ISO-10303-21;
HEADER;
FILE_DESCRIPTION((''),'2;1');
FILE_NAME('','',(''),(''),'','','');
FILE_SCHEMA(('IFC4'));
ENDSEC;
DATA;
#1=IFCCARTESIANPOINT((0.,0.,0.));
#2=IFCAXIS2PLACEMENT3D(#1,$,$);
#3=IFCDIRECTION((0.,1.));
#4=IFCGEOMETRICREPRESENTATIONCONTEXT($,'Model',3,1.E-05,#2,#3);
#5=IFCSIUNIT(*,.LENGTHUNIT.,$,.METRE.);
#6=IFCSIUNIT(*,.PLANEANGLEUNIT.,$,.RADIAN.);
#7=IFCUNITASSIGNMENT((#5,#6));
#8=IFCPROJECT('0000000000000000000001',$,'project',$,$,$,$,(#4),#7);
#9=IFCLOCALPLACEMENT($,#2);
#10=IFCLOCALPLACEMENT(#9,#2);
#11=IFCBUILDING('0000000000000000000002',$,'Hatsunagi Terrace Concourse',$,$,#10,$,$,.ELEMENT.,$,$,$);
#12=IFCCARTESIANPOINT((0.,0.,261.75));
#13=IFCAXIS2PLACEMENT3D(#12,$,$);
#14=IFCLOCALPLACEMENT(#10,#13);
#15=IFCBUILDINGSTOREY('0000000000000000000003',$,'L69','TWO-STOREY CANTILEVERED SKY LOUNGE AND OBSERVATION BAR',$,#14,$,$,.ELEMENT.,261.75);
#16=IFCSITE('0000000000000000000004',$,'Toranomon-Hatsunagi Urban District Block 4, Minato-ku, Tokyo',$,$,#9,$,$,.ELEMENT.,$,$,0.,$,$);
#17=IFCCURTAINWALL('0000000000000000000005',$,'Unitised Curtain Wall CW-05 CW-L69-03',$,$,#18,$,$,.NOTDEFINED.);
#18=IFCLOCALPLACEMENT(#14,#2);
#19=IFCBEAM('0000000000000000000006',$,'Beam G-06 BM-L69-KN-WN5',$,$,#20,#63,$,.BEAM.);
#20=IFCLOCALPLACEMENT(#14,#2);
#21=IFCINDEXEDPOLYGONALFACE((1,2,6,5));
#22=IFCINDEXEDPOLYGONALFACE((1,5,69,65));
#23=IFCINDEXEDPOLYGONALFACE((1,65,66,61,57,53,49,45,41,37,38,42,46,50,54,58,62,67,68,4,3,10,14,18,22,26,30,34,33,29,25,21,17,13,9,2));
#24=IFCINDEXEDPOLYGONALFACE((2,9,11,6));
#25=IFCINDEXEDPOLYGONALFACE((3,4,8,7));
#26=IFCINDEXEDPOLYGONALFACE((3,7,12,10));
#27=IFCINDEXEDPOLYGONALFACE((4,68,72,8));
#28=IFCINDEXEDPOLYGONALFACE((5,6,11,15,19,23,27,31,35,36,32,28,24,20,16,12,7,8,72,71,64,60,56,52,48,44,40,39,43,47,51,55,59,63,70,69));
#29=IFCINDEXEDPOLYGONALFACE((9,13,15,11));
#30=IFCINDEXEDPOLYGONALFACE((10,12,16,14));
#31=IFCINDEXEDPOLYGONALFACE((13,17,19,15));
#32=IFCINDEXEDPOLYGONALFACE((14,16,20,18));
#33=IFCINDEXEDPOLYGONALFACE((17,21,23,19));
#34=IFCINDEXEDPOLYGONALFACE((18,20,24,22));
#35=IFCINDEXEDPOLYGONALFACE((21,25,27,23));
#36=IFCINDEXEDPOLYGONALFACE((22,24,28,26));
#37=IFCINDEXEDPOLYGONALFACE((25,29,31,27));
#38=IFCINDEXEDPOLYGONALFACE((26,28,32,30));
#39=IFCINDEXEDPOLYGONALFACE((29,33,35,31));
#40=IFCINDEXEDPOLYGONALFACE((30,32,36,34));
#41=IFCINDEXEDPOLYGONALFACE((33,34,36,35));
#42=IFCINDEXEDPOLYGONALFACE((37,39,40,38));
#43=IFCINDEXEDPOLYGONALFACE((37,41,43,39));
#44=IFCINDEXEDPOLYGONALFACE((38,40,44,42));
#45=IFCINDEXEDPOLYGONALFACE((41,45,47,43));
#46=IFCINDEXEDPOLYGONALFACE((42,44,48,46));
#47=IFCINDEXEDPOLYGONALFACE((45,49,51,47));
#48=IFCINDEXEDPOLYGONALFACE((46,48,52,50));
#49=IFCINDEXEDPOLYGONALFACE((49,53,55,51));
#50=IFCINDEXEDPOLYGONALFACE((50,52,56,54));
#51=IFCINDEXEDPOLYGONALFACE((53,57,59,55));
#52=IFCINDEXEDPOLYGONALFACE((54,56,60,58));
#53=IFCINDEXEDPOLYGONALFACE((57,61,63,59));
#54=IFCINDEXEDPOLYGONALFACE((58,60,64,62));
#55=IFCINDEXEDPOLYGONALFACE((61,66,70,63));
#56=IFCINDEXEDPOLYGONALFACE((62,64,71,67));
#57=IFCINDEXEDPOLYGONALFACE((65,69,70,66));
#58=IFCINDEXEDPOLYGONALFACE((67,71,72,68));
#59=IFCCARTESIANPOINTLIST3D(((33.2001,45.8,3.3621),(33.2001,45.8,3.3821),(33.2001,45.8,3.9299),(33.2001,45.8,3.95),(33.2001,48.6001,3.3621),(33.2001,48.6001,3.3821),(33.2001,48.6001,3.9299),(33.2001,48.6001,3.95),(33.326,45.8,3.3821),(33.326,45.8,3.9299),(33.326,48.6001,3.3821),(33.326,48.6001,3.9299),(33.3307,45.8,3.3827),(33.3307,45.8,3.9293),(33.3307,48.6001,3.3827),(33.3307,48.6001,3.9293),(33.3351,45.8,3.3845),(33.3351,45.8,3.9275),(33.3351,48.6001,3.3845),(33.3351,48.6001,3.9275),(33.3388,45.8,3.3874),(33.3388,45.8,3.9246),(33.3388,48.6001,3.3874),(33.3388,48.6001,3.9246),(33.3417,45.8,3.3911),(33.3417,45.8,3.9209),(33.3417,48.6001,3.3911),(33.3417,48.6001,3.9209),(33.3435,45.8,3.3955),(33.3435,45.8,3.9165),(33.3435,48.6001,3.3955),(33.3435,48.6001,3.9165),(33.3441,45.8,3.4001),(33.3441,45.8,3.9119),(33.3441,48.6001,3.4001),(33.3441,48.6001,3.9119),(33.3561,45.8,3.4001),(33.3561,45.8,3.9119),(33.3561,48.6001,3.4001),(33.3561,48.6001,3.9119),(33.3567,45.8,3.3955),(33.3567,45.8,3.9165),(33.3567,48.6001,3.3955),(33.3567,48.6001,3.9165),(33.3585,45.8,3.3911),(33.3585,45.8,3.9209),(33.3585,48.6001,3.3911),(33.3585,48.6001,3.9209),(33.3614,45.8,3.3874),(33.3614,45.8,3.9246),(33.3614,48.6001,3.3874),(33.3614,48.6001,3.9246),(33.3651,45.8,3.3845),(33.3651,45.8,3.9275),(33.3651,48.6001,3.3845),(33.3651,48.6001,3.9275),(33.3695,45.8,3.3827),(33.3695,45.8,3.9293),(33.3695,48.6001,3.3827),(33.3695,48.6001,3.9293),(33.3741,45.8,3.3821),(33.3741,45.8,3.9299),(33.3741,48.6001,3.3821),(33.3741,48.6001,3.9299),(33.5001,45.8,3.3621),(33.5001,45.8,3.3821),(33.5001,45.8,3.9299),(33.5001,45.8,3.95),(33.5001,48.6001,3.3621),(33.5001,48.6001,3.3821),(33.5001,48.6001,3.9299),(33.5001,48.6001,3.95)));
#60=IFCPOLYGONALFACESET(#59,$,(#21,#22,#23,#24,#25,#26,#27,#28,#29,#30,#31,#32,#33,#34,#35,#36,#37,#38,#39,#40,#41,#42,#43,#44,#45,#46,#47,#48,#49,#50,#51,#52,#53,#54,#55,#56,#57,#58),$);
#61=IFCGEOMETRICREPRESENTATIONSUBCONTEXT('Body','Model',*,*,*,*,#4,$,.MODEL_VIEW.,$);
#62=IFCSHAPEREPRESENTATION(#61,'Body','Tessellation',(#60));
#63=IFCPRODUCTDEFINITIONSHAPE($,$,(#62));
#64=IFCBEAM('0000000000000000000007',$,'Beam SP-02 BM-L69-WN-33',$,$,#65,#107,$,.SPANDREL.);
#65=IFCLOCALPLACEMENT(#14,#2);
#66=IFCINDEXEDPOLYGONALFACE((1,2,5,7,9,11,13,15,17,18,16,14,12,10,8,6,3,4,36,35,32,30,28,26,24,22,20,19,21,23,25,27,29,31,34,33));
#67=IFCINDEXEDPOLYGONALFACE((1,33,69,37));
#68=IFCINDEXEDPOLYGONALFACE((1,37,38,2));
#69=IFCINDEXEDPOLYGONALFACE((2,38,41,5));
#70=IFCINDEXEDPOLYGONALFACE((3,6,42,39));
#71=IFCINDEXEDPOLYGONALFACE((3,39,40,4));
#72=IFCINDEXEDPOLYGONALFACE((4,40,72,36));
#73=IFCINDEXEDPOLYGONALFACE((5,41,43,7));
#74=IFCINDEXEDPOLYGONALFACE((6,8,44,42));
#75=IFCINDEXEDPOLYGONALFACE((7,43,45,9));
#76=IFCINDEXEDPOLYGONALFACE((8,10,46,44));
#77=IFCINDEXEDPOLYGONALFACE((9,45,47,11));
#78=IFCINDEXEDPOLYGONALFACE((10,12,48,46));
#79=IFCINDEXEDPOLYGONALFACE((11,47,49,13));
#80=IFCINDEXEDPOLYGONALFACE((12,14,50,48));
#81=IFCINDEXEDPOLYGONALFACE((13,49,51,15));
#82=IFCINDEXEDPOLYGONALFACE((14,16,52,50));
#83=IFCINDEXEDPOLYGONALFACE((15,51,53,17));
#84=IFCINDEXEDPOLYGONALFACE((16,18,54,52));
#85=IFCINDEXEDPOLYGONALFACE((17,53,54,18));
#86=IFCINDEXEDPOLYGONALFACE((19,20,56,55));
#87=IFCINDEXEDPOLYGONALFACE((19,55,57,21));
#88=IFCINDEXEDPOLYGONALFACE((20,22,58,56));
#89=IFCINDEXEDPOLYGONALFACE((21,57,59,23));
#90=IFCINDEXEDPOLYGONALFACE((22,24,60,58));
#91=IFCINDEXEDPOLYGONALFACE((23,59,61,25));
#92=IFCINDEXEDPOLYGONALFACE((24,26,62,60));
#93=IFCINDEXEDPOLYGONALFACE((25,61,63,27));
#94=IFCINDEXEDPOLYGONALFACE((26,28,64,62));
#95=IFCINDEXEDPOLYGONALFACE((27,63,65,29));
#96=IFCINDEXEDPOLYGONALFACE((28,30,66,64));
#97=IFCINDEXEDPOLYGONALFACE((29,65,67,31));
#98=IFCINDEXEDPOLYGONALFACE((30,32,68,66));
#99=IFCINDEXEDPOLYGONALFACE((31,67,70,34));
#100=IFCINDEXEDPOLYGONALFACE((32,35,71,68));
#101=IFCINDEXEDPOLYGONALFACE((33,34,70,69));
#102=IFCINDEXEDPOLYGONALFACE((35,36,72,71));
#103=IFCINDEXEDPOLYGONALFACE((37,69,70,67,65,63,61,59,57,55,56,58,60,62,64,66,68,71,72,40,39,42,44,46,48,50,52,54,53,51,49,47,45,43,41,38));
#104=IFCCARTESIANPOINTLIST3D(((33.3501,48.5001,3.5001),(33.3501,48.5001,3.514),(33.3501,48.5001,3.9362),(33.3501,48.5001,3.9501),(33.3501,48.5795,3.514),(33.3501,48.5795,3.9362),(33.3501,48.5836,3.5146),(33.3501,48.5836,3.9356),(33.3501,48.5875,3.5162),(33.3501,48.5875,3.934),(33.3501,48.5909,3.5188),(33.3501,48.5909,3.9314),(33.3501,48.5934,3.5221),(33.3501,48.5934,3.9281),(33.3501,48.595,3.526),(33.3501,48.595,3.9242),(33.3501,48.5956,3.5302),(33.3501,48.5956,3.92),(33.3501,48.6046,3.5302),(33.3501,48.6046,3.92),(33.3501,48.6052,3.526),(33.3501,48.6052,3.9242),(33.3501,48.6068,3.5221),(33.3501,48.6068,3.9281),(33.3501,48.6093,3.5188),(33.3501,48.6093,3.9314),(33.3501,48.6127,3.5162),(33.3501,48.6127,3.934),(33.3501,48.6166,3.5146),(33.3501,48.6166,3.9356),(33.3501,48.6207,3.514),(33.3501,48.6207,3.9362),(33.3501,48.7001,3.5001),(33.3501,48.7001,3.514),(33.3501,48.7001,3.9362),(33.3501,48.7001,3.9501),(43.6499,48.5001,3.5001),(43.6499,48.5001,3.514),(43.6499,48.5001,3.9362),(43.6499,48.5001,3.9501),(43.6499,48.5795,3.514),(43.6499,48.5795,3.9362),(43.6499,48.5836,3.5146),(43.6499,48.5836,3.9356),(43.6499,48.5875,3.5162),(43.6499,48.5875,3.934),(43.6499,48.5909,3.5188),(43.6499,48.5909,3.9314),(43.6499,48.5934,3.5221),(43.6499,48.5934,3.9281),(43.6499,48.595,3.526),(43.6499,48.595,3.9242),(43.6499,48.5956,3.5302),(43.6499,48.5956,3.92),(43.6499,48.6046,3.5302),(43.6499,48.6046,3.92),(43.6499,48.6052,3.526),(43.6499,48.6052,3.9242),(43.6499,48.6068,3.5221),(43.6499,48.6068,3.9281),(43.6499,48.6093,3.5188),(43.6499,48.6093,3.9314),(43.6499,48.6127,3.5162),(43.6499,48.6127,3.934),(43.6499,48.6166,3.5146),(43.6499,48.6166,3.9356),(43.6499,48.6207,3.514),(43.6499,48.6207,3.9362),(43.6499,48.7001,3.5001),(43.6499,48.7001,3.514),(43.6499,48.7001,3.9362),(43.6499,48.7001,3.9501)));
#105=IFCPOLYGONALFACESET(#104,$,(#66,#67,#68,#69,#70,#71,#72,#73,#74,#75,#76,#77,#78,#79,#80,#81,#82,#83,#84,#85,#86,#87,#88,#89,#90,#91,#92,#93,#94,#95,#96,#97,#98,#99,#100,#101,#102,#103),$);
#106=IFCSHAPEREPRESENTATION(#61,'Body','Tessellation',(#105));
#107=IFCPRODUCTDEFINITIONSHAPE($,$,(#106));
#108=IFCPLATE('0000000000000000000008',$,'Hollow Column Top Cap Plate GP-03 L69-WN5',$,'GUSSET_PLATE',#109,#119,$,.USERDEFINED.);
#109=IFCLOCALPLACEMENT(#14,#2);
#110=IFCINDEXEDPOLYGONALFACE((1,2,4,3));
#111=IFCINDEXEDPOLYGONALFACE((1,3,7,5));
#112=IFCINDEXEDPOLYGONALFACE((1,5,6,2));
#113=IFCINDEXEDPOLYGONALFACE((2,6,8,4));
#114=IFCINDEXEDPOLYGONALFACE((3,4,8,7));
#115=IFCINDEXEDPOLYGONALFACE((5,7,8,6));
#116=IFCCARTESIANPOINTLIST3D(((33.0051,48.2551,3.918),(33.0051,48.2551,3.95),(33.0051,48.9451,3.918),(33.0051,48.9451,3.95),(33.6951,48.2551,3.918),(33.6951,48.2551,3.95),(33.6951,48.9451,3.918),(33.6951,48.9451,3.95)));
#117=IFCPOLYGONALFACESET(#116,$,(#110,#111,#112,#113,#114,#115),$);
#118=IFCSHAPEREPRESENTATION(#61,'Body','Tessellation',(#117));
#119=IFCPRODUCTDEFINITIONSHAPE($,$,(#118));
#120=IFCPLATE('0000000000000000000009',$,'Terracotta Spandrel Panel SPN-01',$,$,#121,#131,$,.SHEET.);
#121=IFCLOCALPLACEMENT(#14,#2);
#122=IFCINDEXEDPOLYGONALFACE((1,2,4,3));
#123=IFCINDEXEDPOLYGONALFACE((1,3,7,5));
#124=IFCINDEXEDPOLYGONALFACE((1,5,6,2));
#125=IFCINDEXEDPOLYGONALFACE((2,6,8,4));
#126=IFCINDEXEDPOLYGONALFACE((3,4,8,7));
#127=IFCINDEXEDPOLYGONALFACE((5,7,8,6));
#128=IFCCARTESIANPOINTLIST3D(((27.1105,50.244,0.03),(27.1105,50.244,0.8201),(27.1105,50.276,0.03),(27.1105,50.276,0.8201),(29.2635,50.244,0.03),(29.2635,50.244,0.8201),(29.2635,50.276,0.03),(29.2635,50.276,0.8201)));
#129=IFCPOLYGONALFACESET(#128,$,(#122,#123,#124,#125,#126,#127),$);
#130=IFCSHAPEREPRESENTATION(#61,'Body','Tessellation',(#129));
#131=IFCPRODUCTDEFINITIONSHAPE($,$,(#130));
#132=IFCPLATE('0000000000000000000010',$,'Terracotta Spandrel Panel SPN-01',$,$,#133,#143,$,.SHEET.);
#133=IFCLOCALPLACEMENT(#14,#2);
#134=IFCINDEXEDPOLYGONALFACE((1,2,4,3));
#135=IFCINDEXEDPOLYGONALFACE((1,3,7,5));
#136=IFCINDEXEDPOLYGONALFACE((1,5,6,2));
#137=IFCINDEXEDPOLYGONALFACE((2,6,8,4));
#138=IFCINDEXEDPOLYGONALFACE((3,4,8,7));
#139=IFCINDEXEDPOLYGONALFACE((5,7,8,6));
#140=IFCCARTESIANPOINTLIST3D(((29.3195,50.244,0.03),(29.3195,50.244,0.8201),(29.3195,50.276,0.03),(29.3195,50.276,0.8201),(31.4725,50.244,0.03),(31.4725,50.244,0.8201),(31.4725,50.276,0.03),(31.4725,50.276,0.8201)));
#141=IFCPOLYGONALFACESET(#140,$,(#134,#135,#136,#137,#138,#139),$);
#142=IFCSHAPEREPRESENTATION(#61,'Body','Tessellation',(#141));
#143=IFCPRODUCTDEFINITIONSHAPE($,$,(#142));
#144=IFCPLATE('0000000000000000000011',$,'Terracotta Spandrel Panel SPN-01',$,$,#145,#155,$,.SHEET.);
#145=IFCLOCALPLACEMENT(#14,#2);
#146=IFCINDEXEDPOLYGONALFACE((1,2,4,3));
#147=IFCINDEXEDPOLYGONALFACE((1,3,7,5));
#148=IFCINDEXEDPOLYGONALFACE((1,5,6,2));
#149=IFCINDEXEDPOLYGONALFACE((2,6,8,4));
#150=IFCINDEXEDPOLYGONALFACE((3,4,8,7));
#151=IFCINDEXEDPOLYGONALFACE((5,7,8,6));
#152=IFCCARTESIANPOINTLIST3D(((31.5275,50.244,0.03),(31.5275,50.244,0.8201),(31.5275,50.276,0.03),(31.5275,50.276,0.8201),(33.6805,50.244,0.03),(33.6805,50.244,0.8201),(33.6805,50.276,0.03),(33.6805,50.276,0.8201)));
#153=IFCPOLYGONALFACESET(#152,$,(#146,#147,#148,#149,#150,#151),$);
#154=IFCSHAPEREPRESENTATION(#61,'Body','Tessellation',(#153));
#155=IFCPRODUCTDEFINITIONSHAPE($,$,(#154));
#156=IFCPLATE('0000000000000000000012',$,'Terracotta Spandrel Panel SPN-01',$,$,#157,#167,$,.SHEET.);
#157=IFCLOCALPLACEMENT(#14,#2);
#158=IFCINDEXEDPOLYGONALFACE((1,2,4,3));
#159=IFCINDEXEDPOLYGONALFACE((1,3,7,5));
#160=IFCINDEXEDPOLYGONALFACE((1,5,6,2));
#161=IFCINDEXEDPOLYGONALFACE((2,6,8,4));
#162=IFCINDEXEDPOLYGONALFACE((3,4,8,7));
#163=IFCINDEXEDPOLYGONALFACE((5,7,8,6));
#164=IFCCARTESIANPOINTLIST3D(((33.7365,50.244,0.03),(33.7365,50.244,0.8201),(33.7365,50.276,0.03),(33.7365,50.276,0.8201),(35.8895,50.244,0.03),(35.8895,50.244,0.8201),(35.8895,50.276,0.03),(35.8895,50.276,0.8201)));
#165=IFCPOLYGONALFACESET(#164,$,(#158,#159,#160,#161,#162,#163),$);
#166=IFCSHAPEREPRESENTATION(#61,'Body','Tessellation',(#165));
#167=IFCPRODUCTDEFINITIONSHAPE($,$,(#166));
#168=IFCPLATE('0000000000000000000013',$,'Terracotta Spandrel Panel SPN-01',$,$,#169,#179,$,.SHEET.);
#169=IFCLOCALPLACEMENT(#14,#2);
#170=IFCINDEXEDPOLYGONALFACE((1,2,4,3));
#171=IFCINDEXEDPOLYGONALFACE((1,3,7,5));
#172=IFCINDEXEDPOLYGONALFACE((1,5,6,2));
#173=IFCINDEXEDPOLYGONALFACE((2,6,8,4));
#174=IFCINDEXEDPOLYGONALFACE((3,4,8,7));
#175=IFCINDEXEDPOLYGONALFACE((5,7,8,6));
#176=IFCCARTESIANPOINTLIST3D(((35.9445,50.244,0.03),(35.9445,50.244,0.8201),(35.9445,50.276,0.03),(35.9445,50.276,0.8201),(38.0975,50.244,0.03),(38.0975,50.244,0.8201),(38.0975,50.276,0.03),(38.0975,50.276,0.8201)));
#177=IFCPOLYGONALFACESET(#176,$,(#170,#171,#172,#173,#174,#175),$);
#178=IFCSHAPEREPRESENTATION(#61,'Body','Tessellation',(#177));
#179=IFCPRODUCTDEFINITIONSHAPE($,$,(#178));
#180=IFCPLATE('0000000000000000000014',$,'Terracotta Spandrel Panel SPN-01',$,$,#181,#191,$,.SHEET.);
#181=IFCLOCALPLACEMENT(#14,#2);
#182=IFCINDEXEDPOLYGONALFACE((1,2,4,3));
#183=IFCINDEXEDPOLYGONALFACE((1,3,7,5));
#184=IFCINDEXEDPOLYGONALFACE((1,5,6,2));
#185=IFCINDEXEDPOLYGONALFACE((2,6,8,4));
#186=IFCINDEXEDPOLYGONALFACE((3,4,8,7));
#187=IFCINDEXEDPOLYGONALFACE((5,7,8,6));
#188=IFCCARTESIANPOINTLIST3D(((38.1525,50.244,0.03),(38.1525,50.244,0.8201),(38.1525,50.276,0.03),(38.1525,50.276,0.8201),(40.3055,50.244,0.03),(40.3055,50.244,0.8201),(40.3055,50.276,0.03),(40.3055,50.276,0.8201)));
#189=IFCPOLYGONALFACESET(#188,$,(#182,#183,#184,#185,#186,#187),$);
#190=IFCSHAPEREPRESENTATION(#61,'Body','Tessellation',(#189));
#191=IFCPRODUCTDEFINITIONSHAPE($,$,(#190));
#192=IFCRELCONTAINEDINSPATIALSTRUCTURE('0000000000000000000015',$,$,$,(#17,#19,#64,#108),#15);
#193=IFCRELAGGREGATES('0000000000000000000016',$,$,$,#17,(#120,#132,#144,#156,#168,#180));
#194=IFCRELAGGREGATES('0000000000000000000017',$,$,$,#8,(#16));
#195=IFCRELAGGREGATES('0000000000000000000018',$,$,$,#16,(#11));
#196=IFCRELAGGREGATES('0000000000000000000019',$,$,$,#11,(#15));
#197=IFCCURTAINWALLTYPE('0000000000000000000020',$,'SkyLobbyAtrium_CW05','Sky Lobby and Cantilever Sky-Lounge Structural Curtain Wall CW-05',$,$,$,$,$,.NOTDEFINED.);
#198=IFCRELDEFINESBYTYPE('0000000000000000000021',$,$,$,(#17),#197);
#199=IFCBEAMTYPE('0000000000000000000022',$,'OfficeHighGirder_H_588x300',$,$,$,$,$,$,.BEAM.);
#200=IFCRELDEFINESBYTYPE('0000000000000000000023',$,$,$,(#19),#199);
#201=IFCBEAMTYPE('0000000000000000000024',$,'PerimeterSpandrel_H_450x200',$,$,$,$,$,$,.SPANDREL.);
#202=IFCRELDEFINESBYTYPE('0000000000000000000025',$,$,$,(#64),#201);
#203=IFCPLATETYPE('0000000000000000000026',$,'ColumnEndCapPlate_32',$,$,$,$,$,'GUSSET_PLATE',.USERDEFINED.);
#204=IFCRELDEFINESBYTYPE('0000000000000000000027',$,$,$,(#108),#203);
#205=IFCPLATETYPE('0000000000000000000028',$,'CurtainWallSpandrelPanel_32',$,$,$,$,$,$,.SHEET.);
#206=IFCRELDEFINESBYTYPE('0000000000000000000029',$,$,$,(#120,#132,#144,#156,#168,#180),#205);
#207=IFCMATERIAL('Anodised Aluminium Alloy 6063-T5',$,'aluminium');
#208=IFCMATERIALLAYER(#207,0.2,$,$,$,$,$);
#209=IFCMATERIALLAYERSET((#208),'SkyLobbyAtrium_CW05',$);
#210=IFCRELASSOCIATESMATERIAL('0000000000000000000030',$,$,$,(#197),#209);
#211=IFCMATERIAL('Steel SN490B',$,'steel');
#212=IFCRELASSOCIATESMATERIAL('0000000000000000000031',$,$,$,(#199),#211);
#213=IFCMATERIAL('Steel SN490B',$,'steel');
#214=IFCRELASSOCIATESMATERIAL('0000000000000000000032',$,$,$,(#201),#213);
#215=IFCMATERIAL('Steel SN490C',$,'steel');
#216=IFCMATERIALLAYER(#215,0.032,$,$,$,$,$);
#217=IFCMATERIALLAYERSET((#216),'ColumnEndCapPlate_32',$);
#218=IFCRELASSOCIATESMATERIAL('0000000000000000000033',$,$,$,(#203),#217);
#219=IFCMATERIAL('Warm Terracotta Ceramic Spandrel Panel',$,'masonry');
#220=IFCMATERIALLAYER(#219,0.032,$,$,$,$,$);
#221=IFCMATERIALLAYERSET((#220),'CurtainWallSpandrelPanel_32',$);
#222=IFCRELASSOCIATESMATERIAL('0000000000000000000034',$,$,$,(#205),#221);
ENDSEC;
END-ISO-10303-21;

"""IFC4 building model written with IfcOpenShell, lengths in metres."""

from ifc_helpers import new_model, si_unit, direction, frame, origin, origin_2d, place, context, subcontext, project, spatial, rectangle, i_section, extrude, material, layer, layer_set, material_profile, profile_set, type_object, element, aggregate, save


model = new_model("IFC4")

# Units and contexts
model_context = context("Model", 3, precision=1e-05, world=origin(), true_north=direction((0.0, 1.0)))
body_context = subcontext(model_context, "Body", "Model", "MODEL_VIEW")
ifc_project = project(units=[si_unit("LENGTHUNIT", "METRE"), si_unit("PLANEANGLEUNIT", "RADIAN")], contexts=[model_context])

# Site, building, storey
site_placement = place(None, origin())
site = spatial("IfcSite", under=ifc_project, at=site_placement, Name="Toranomon-Hatsunagi Urban District Block 4, Minato-ku, Tokyo", CompositionType="ELEMENT", RefElevation=0.0)
building_placement = place(site_placement, origin())
building = spatial("IfcBuilding", under=site, at=building_placement, Name="Hatsunagi Terrace Concourse", CompositionType="ELEMENT")
storey_placement = place(building_placement, frame((0.0, 0.0, 261.75)))
storey = spatial("IfcBuildingStorey", under=building, at=storey_placement, Name="L69", Description="TWO-STOREY CANTILEVERED SKY LOUNGE AND OBSERVATION BAR", CompositionType="ELEMENT", Elevation=261.75)

# Curtain wall
ifc_material_1 = material(Name="Anodised Aluminium Alloy 6063-T5", Category="aluminium")
ifc_layer_1 = layer(ifc_material_1, 0.2)
ifc_layer_set_1 = layer_set([ifc_layer_1], Name="SkyLobbyAtrium_CW05")
curtain_wall_type = type_object("IfcCurtainWallType", Name="SkyLobbyAtrium_CW05", Description="Sky Lobby and Cantilever Sky-Lounge Structural Curtain Wall CW-05", PredefinedType="NOTDEFINED", material=ifc_layer_set_1)
curtain_wall_placement = place(storey_placement, origin())
curtain_wall = element("IfcCurtainWall", 1, at=curtain_wall_placement, inside=storey, type_object=curtain_wall_type, Name="Unitised Curtain Wall CW-05 CW-L69-03", PredefinedType="NOTDEFINED")

# Beams
ifc_material_2 = material(Name="Steel SN490B", Category="steel")
ifc_material_profile_1 = material_profile(ifc_material_2, i_section(OverallWidth=0.3, OverallDepth=0.5879, WebThickness=0.012, FlangeThickness=0.02, FilletRadius=0.0181, at=origin_2d()), Name="H-588x300x12x20")
ifc_profile_set_1 = profile_set([ifc_material_profile_1], Name="Steel SN490B")
beam_type_1 = type_object("IfcBeamType", Name="OfficeHighGirder_H_588x300", PredefinedType="BEAM", material=ifc_profile_set_1)
beam_1_placement = place(storey_placement, frame((33.3501, 45.8, 3.656), z_axis=(0.0, 1.0, 0.0), x_axis=(-1.0, 0.0, 0.0)))
element("IfcBeam", 2, at=beam_1_placement, inside=storey, type_object=beam_type_1, Name="Beam G-06 BM-L69-KN-WN5", PredefinedType="BEAM", context=body_context, shape_type="SweptSolid", body=[
    extrude(i_section(OverallWidth=0.3, OverallDepth=0.5879, WebThickness=0.012, FlangeThickness=0.02, FilletRadius=0.0181, at=origin_2d()), origin(), (0.0, 0.0, 1.0), 2.8),
])
ifc_material_3 = material(Name="Steel SN490B", Category="steel")
ifc_material_profile_2 = material_profile(ifc_material_3, i_section(OverallWidth=0.2, OverallDepth=0.45, WebThickness=0.009, FlangeThickness=0.0139, FilletRadius=0.0161, at=origin_2d()), Name="H-450x200x9x14")
ifc_profile_set_2 = profile_set([ifc_material_profile_2], Name="Steel SN490B")
beam_type_2 = type_object("IfcBeamType", Name="PerimeterSpandrel_H_450x200", PredefinedType="SPANDREL", material=ifc_profile_set_2)
beam_2_placement = place(storey_placement, frame((33.3501, 48.6001, 3.7251), z_axis=(1.0, 0.0, 0.0), x_axis=(0.0, 1.0, 0.0)))
element("IfcBeam", 3, at=beam_2_placement, inside=storey, type_object=beam_type_2, Name="Beam SP-02 BM-L69-WN-33", PredefinedType="SPANDREL", context=body_context, shape_type="SweptSolid", body=[
    extrude(i_section(OverallWidth=0.2, OverallDepth=0.45, WebThickness=0.009, FlangeThickness=0.0139, FilletRadius=0.0161, at=origin_2d()), origin(), (0.0, 0.0, 1.0), 10.2998),
])

# Plates
ifc_material_4 = material(Name="Steel SN490C", Category="steel")
ifc_layer_2 = layer(ifc_material_4, 0.032)
ifc_layer_set_2 = layer_set([ifc_layer_2], Name="ColumnEndCapPlate_32")
plate_type_1 = type_object("IfcPlateType", Name="ColumnEndCapPlate_32", ElementType="GUSSET_PLATE", PredefinedType="USERDEFINED", material=ifc_layer_set_2)
plate_1_placement = place(storey_placement, frame((33.3501, 48.6001, 3.918), z_axis=(0.0, 0.0, 1.0), x_axis=(1.0, 0.0, 0.0)))
element("IfcPlate", 4, at=plate_1_placement, inside=storey, type_object=plate_type_1, Name="Hollow Column Top Cap Plate GP-03 L69-WN5", ObjectType="GUSSET_PLATE", PredefinedType="USERDEFINED", context=body_context, shape_type="SweptSolid", body=[
    extrude(rectangle(XDim=0.6899, YDim=0.6899, at=origin_2d()), origin(), (0.0, 0.0, 1.0), 0.032),
])
ifc_material_5 = material(Name="Warm Terracotta Ceramic Spandrel Panel", Category="masonry")
ifc_layer_3 = layer(ifc_material_5, 0.032)
ifc_layer_set_3 = layer_set([ifc_layer_3], Name="CurtainWallSpandrelPanel_32")
plate_type_2 = type_object("IfcPlateType", Name="CurtainWallSpandrelPanel_32", PredefinedType="SHEET", material=ifc_layer_set_3)
plate_2_placement = place(storey_placement, frame((28.187, 50.26, 0.03), z_axis=(0.0, 0.0, 1.0), x_axis=(1.0, 0.0, 0.0)))
plate_2 = element("IfcPlate", 5, at=plate_2_placement, type_object=plate_type_2, Name="Terracotta Spandrel Panel SPN-01", PredefinedType="SHEET", context=body_context, shape_type="SweptSolid", body=[
    extrude(rectangle(XDim=2.1531, YDim=0.032, at=origin_2d()), origin(), (0.0, 0.0, 1.0), 0.79),
])
plate_3_placement = place(storey_placement, frame((30.396, 50.26, 0.03), z_axis=(0.0, 0.0, 1.0), x_axis=(1.0, 0.0, 0.0)))
plate_3 = element("IfcPlate", 6, at=plate_3_placement, type_object=plate_type_2, Name="Terracotta Spandrel Panel SPN-01", PredefinedType="SHEET", context=body_context, shape_type="SweptSolid", body=[
    extrude(rectangle(XDim=2.1531, YDim=0.032, at=origin_2d()), origin(), (0.0, 0.0, 1.0), 0.79),
])
plate_4_placement = place(storey_placement, frame((32.604, 50.26, 0.03), z_axis=(0.0, 0.0, 1.0), x_axis=(1.0, 0.0, 0.0)))
plate_4 = element("IfcPlate", 7, at=plate_4_placement, type_object=plate_type_2, Name="Terracotta Spandrel Panel SPN-01", PredefinedType="SHEET", context=body_context, shape_type="SweptSolid", body=[
    extrude(rectangle(XDim=2.1531, YDim=0.032, at=origin_2d()), origin(), (0.0, 0.0, 1.0), 0.79),
])
plate_5_placement = place(storey_placement, frame((34.813, 50.26, 0.03), z_axis=(0.0, 0.0, 1.0), x_axis=(1.0, 0.0, 0.0)))
plate_5 = element("IfcPlate", 8, at=plate_5_placement, type_object=plate_type_2, Name="Terracotta Spandrel Panel SPN-01", PredefinedType="SHEET", context=body_context, shape_type="SweptSolid", body=[
    extrude(rectangle(XDim=2.1531, YDim=0.032, at=origin_2d()), origin(), (0.0, 0.0, 1.0), 0.79),
])
plate_6_placement = place(storey_placement, frame((37.021, 50.26, 0.03), z_axis=(0.0, 0.0, 1.0), x_axis=(1.0, 0.0, 0.0)))
plate_6 = element("IfcPlate", 9, at=plate_6_placement, type_object=plate_type_2, Name="Terracotta Spandrel Panel SPN-01", PredefinedType="SHEET", context=body_context, shape_type="SweptSolid", body=[
    extrude(rectangle(XDim=2.1531, YDim=0.032, at=origin_2d()), origin(), (0.0, 0.0, 1.0), 0.79),
])
plate_7_placement = place(storey_placement, frame((39.229, 50.26, 0.03), z_axis=(0.0, 0.0, 1.0), x_axis=(1.0, 0.0, 0.0)))
plate_7 = element("IfcPlate", 10, at=plate_7_placement, type_object=plate_type_2, Name="Terracotta Spandrel Panel SPN-01", PredefinedType="SHEET", context=body_context, shape_type="SweptSolid", body=[
    extrude(rectangle(XDim=2.1531, YDim=0.032, at=origin_2d()), origin(), (0.0, 0.0, 1.0), 0.79),
])
aggregate(curtain_wall, [plate_2, plate_3, plate_4, plate_5, plate_6, plate_7])

save(model, "model.ifc")
